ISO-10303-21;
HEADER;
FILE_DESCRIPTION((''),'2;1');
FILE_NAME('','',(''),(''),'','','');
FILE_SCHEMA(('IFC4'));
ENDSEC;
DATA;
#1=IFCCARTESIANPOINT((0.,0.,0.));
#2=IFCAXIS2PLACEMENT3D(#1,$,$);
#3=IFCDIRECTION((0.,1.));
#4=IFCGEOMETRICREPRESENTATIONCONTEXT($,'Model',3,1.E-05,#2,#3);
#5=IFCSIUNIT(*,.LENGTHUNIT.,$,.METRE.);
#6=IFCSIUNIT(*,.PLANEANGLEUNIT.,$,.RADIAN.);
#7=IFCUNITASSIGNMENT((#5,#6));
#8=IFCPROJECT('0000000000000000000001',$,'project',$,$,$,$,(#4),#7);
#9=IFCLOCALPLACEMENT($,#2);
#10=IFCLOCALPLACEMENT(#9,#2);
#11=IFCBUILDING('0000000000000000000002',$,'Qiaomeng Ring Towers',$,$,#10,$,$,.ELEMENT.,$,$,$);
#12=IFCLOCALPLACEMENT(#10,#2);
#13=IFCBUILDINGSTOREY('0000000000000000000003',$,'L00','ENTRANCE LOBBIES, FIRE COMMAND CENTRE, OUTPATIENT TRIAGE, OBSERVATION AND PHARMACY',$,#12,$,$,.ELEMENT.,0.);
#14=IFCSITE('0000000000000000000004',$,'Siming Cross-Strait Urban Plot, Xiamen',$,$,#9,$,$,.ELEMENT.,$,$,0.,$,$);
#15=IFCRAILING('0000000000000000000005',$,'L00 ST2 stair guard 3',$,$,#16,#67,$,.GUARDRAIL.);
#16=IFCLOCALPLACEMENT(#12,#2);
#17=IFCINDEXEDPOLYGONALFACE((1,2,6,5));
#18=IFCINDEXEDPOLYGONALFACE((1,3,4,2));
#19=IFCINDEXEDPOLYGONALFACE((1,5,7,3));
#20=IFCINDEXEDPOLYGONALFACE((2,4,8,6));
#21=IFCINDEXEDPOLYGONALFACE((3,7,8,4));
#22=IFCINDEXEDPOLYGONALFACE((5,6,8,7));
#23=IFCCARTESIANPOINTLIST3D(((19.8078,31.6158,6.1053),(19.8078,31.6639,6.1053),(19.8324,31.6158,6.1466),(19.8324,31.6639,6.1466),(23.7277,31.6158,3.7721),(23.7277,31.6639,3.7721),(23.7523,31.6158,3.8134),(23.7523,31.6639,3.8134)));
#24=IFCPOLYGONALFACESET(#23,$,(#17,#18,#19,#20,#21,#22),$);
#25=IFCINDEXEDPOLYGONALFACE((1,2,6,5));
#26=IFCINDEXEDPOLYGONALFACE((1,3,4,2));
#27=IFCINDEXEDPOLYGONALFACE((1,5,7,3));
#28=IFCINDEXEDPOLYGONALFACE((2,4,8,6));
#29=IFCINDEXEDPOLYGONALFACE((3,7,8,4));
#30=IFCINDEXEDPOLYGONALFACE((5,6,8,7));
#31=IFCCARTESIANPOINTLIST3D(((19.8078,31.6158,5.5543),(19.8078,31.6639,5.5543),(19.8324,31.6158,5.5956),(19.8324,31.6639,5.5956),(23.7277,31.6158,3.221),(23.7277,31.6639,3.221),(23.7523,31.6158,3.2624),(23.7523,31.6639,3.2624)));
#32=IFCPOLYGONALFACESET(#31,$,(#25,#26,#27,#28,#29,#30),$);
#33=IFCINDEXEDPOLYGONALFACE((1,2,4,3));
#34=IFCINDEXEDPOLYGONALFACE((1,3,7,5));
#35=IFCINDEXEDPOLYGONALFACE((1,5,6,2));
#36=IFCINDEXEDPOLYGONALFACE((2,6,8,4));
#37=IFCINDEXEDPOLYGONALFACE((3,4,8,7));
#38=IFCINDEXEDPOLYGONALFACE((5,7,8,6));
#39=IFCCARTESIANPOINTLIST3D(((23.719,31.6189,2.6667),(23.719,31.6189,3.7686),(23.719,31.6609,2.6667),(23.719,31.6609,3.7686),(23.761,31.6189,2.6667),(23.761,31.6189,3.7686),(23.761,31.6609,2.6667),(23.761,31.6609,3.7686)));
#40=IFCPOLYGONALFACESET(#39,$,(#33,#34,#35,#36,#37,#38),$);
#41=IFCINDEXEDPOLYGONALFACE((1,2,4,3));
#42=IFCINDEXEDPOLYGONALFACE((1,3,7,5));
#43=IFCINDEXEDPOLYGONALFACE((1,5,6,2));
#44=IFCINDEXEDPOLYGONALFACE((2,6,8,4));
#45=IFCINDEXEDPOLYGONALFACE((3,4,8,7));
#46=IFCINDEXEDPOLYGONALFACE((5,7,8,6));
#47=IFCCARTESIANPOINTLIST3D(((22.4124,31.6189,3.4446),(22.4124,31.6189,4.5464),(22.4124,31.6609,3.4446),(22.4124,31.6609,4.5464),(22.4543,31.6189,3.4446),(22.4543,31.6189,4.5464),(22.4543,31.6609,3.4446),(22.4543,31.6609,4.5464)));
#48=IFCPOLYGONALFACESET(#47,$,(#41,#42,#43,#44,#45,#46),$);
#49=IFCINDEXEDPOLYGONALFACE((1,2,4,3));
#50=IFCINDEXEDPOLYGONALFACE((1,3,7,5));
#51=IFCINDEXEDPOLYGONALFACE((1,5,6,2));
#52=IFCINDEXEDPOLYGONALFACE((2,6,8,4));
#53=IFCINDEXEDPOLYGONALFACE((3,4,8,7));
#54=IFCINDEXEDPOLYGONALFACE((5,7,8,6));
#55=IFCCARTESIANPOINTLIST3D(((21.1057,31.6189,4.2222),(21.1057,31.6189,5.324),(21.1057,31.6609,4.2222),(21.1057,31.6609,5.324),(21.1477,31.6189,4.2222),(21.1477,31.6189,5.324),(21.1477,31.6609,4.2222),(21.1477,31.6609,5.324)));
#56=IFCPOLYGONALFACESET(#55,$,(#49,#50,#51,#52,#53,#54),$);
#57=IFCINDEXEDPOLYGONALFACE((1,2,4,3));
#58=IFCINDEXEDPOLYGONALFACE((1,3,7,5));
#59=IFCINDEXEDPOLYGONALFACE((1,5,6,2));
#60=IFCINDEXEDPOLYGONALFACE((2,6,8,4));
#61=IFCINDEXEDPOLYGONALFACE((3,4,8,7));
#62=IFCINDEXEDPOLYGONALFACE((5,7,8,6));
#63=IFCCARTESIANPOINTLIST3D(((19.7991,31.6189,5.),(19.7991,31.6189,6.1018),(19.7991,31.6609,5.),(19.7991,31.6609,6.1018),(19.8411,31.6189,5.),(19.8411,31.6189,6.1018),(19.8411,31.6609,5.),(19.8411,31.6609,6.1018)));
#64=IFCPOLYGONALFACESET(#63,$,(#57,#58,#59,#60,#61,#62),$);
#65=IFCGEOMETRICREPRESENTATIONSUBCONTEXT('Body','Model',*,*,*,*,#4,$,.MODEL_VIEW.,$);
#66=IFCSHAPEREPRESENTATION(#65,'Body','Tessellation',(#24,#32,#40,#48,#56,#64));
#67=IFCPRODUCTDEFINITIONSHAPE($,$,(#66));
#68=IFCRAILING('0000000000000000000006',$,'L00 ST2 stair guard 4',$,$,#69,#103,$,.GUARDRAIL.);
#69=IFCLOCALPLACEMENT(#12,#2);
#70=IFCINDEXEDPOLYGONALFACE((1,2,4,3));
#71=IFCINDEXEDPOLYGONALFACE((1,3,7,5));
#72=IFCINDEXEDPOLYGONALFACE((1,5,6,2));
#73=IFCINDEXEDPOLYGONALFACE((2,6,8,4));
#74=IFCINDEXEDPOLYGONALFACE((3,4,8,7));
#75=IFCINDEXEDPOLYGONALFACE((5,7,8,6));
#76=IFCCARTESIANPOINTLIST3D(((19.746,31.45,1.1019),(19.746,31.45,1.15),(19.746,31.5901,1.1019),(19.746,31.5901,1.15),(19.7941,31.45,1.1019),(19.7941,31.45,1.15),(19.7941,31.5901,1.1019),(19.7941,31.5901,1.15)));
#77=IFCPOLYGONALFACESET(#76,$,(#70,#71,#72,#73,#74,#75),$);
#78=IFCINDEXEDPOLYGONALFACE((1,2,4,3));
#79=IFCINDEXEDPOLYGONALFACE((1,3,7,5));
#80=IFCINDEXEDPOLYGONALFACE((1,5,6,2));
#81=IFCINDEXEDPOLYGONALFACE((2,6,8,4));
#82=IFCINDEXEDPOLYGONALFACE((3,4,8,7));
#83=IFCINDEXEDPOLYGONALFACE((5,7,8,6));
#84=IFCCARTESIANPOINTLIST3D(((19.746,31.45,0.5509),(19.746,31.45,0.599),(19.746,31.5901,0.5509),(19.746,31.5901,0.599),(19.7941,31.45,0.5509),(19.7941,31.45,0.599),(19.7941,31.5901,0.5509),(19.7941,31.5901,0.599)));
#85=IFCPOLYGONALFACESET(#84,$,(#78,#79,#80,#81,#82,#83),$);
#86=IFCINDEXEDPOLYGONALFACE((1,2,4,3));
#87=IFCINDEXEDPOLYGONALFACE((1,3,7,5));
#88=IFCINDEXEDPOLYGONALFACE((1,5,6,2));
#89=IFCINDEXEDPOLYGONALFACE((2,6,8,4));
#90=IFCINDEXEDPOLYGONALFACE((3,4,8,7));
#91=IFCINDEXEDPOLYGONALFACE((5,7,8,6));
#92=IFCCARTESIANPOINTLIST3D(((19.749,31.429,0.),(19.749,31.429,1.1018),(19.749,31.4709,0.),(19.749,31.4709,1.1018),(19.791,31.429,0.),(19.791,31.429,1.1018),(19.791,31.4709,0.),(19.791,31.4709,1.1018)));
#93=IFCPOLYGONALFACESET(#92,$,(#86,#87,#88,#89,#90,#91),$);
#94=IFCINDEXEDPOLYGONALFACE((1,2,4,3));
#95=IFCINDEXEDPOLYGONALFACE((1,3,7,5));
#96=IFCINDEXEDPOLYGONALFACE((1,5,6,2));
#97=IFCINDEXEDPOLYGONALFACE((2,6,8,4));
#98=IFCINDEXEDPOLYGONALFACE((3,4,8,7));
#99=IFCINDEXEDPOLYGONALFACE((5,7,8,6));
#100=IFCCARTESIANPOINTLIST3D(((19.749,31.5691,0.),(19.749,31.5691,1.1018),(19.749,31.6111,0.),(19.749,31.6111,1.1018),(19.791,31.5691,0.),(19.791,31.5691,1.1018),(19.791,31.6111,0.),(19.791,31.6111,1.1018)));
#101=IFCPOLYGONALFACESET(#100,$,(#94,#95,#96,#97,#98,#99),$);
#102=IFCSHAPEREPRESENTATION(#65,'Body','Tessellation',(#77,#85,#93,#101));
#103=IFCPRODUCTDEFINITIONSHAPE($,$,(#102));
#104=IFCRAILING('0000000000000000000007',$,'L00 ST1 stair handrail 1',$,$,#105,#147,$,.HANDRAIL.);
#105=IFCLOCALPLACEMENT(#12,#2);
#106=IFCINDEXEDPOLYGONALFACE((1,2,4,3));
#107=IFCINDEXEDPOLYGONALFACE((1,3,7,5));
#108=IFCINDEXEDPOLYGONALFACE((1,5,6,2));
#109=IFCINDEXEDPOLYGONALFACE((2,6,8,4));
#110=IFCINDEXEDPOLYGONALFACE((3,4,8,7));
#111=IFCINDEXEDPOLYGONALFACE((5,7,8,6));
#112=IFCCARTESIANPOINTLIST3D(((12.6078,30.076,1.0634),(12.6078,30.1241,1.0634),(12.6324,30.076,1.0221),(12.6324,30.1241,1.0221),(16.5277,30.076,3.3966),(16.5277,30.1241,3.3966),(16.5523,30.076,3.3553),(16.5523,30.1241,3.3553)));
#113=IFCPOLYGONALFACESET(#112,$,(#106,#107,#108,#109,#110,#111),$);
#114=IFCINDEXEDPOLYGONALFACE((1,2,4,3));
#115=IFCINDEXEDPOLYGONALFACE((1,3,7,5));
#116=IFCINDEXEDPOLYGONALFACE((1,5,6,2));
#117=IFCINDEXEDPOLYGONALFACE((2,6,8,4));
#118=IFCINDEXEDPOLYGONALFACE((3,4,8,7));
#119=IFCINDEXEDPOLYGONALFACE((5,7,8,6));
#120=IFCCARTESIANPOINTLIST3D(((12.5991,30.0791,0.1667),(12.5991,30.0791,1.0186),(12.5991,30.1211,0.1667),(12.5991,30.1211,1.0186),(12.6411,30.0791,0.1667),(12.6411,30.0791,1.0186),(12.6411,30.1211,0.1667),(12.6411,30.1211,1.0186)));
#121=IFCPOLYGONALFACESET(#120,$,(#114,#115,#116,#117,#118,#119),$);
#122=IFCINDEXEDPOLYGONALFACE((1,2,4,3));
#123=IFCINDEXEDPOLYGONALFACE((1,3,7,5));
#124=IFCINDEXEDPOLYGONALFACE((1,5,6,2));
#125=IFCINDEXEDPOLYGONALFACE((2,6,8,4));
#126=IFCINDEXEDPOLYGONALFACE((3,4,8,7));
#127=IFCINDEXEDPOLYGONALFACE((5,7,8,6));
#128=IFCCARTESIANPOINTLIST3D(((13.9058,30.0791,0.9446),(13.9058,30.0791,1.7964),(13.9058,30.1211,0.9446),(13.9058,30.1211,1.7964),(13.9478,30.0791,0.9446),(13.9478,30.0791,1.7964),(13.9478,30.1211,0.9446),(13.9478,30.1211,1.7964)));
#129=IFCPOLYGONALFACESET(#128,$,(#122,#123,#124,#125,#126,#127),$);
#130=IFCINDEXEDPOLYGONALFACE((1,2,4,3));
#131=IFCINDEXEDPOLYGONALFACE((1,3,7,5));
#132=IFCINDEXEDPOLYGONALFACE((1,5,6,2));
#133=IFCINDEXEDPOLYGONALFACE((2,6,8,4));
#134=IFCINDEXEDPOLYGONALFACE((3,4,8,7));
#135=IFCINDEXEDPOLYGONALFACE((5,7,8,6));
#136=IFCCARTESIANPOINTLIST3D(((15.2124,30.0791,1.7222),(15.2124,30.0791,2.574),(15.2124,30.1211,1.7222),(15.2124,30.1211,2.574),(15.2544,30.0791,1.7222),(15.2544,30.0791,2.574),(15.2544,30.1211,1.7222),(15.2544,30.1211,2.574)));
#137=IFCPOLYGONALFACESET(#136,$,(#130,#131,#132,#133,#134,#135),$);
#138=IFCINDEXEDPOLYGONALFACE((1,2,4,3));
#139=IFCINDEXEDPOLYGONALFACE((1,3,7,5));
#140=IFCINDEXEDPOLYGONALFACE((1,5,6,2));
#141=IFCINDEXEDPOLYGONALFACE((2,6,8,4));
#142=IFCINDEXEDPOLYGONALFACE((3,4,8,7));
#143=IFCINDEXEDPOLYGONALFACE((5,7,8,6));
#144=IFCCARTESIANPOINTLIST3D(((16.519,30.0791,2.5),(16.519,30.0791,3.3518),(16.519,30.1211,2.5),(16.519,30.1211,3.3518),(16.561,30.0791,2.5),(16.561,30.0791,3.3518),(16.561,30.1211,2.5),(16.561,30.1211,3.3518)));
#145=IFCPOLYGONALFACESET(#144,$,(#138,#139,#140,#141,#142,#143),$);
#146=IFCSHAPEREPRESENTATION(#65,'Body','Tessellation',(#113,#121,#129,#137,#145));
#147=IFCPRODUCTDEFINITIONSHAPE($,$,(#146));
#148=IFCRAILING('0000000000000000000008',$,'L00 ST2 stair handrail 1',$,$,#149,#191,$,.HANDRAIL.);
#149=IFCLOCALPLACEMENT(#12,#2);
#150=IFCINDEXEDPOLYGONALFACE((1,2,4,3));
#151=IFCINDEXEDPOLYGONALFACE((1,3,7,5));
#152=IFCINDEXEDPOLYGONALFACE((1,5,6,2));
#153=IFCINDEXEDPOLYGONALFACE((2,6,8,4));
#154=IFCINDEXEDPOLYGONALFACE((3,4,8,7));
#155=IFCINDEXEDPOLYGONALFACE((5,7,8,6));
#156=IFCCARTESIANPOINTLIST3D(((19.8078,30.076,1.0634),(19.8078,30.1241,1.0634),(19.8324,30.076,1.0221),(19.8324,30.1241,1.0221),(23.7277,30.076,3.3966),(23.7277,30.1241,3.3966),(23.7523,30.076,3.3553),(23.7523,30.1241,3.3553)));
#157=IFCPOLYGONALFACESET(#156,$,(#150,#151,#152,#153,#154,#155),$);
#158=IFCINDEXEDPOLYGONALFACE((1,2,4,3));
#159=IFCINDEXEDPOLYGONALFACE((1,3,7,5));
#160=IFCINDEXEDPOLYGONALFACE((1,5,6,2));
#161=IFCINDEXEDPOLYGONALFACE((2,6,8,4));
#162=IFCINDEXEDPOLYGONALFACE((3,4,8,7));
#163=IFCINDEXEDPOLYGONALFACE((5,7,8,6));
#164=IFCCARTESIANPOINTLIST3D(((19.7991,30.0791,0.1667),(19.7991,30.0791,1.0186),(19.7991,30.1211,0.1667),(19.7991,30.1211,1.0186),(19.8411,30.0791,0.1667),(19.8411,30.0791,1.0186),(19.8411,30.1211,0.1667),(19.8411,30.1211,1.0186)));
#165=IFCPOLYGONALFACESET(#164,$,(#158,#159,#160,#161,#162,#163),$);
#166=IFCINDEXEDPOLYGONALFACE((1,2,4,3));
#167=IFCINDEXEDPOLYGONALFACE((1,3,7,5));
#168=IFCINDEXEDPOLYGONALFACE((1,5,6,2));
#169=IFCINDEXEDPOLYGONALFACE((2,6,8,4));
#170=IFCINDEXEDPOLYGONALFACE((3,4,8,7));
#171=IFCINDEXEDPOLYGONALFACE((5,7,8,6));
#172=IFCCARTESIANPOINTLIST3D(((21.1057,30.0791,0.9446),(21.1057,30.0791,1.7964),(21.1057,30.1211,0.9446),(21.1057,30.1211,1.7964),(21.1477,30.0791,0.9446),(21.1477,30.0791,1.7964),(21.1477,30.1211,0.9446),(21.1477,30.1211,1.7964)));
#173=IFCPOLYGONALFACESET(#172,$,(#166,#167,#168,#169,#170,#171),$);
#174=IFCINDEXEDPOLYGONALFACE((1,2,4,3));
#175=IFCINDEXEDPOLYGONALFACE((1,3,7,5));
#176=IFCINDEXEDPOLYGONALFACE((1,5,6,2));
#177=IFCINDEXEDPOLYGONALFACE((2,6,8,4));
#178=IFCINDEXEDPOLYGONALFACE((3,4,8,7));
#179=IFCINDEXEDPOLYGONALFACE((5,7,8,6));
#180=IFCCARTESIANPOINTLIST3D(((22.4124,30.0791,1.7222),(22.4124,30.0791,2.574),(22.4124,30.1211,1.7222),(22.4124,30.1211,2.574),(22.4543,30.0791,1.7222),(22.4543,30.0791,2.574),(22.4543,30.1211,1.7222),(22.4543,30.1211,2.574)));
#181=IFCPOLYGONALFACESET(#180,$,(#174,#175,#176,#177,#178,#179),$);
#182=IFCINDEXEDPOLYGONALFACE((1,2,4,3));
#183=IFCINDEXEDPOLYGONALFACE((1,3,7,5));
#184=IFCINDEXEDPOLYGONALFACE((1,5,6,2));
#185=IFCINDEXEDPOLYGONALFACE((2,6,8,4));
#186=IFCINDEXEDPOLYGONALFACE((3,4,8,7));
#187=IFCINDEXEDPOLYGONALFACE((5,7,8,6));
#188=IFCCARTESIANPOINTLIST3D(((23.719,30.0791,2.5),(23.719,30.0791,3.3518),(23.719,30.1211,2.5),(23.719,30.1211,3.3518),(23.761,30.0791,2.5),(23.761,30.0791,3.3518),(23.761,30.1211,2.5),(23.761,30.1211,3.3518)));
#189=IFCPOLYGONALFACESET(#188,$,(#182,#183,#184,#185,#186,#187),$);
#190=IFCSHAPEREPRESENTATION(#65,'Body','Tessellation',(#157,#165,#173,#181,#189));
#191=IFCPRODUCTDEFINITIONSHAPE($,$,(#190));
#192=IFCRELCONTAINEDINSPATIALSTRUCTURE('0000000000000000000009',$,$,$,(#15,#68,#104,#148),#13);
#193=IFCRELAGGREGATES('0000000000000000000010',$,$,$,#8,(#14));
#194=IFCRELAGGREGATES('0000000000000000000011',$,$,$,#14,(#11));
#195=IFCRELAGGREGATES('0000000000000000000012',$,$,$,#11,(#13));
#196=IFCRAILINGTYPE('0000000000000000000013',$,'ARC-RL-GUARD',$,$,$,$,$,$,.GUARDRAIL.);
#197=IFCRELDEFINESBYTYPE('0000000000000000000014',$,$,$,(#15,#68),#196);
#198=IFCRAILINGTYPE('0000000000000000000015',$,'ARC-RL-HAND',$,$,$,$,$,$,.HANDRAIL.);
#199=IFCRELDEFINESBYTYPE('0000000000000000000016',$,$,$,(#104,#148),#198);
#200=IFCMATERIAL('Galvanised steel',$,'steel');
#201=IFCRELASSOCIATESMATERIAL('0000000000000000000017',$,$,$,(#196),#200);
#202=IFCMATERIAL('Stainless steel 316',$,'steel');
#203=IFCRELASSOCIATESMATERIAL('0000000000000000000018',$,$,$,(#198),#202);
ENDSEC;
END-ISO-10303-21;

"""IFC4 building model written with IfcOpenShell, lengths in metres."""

from ifc_helpers import new_model, si_unit, direction, frame, origin, origin_2d, place, context, subcontext, project, spatial, rectangle, extrude, material, type_object, element, save


model = new_model("IFC4")

# Units and contexts
model_context = context("Model", 3, precision=1e-05, world=origin(), true_north=direction((0.0, 1.0)))
body_context = subcontext(model_context, "Body", "Model", "MODEL_VIEW")
ifc_project = project(units=[si_unit("LENGTHUNIT", "METRE"), si_unit("PLANEANGLEUNIT", "RADIAN")], contexts=[model_context])

# Site, building, storey
site_placement = place(None, origin())
site = spatial("IfcSite", under=ifc_project, at=site_placement, Name="Siming Cross-Strait Urban Plot, Xiamen", CompositionType="ELEMENT", RefElevation=0.0)
building_placement = place(site_placement, origin())
building = spatial("IfcBuilding", under=site, at=building_placement, Name="Qiaomeng Ring Towers", CompositionType="ELEMENT")
storey_placement = place(building_placement, origin())
storey = spatial("IfcBuildingStorey", under=building, at=storey_placement, Name="L00", Description="ENTRANCE LOBBIES, FIRE COMMAND CENTRE, OUTPATIENT TRIAGE, OBSERVATION AND PHARMACY", CompositionType="ELEMENT", Elevation=0.0)

# Shared definitions
ifc_material_1 = material(Name="Galvanised steel", Category="steel")

# Shared definitions
ifc_material_2 = material(Name="Stainless steel 316", Category="steel")

# Railings
railing_type_1 = type_object("IfcRailingType", Name="ARC-RL-GUARD", PredefinedType="GUARDRAIL", material=ifc_material_1)
railing_1_placement = place(storey_placement, frame((23.74, 31.6399, 2.6667)))
element("IfcRailing", 1, at=railing_1_placement, inside=storey, type_object=railing_type_1, Name="L00 ST2 stair guard 3", PredefinedType="GUARDRAIL", context=body_context, shape_type="SweptSolid", body=[
    extrude(rectangle(XDim=0.0481, YDim=0.0481, at=origin_2d()), frame((0.0, 0.0, 1.126), z_axis=(-0.859296, 0.0, 0.511478), x_axis=(0.0, -1.0, 0.0)), (0.0, 0.0, 1.0), 4.5618),
    extrude(rectangle(XDim=0.0481, YDim=0.0481, at=origin_2d()), frame((0.0, 0.0, 0.575), z_axis=(-0.859296, 0.0, 0.511478), x_axis=(0.0, -1.0, 0.0)), (0.0, 0.0, 1.0), 4.5618),
    extrude(rectangle(XDim=0.042, YDim=0.042, at=origin_2d()), origin(), (0.0, 0.0, 1.0), 1.1018),
    extrude(rectangle(XDim=0.042, YDim=0.042, at=origin_2d()), frame((-1.3066, 0.0, 0.7778)), (0.0, 0.0, 1.0), 1.1018),
    extrude(rectangle(XDim=0.042, YDim=0.042, at=origin_2d()), frame((-2.6133, 0.0, 1.5554)), (0.0, 0.0, 1.0), 1.1018),
    extrude(rectangle(XDim=0.042, YDim=0.042, at=origin_2d()), frame((-3.9199, 0.0, 2.3333)), (0.0, 0.0, 1.0), 1.1018),
])
railing_2_placement = place(storey_placement, frame((19.77, 31.45, 0.0)))
element("IfcRailing", 2, at=railing_2_placement, inside=storey, type_object=railing_type_1, Name="L00 ST2 stair guard 4", PredefinedType="GUARDRAIL", context=body_context, shape_type="SweptSolid", body=[
    extrude(rectangle(XDim=0.0481, YDim=0.0481, at=origin_2d()), frame((0.0, 0.0, 1.126), z_axis=(0.0, 1.0, 0.0), x_axis=(-1.0, 0.0, 0.0)), (0.0, 0.0, 1.0), 0.1401),
    extrude(rectangle(XDim=0.0481, YDim=0.0481, at=origin_2d()), frame((0.0, 0.0, 0.575), z_axis=(0.0, 1.0, 0.0), x_axis=(-1.0, 0.0, 0.0)), (0.0, 0.0, 1.0), 0.1401),
    extrude(rectangle(XDim=0.042, YDim=0.042, at=origin_2d()), origin(), (0.0, 0.0, 1.0), 1.1018),
    extrude(rectangle(XDim=0.042, YDim=0.042, at=origin_2d()), frame((0.0, 0.1401, 0.0)), (0.0, 0.0, 1.0), 1.1018),
])
railing_type_2 = type_object("IfcRailingType", Name="ARC-RL-HAND", PredefinedType="HANDRAIL", material=ifc_material_2)
for number, where, name in (
    (3, (12.6201, 30.1001, 0.1667), "L00 ST1 stair handrail 1"),
    (4, (19.8201, 30.1001, 0.1667), "L00 ST2 stair handrail 1"),
):
    element("IfcRailing", number, at=place(storey_placement, frame(where)), inside=storey, type_object=railing_type_2, Name=name, PredefinedType="HANDRAIL", context=body_context, shape_type="SweptSolid", body=[
        extrude(rectangle(XDim=0.0481, YDim=0.0481, at=origin_2d()), frame((0.0, 0.0, 0.876), z_axis=(0.859296, 0.0, 0.511478), x_axis=(0.0, 1.0, 0.0)), (0.0, 0.0, 1.0), 4.5618),
        extrude(rectangle(XDim=0.042, YDim=0.042, at=origin_2d()), origin(), (0.0, 0.0, 1.0), 0.8518),
        extrude(rectangle(XDim=0.042, YDim=0.042, at=origin_2d()), frame((1.3066, 0.0, 0.7778)), (0.0, 0.0, 1.0), 0.8518),
        extrude(rectangle(XDim=0.042, YDim=0.042, at=origin_2d()), frame((2.6133, 0.0, 1.5554)), (0.0, 0.0, 1.0), 0.8518),
        extrude(rectangle(XDim=0.042, YDim=0.042, at=origin_2d()), frame((3.9199, 0.0, 2.3333)), (0.0, 0.0, 1.0), 0.8518),
    ])

save(model, "model.ifc")
